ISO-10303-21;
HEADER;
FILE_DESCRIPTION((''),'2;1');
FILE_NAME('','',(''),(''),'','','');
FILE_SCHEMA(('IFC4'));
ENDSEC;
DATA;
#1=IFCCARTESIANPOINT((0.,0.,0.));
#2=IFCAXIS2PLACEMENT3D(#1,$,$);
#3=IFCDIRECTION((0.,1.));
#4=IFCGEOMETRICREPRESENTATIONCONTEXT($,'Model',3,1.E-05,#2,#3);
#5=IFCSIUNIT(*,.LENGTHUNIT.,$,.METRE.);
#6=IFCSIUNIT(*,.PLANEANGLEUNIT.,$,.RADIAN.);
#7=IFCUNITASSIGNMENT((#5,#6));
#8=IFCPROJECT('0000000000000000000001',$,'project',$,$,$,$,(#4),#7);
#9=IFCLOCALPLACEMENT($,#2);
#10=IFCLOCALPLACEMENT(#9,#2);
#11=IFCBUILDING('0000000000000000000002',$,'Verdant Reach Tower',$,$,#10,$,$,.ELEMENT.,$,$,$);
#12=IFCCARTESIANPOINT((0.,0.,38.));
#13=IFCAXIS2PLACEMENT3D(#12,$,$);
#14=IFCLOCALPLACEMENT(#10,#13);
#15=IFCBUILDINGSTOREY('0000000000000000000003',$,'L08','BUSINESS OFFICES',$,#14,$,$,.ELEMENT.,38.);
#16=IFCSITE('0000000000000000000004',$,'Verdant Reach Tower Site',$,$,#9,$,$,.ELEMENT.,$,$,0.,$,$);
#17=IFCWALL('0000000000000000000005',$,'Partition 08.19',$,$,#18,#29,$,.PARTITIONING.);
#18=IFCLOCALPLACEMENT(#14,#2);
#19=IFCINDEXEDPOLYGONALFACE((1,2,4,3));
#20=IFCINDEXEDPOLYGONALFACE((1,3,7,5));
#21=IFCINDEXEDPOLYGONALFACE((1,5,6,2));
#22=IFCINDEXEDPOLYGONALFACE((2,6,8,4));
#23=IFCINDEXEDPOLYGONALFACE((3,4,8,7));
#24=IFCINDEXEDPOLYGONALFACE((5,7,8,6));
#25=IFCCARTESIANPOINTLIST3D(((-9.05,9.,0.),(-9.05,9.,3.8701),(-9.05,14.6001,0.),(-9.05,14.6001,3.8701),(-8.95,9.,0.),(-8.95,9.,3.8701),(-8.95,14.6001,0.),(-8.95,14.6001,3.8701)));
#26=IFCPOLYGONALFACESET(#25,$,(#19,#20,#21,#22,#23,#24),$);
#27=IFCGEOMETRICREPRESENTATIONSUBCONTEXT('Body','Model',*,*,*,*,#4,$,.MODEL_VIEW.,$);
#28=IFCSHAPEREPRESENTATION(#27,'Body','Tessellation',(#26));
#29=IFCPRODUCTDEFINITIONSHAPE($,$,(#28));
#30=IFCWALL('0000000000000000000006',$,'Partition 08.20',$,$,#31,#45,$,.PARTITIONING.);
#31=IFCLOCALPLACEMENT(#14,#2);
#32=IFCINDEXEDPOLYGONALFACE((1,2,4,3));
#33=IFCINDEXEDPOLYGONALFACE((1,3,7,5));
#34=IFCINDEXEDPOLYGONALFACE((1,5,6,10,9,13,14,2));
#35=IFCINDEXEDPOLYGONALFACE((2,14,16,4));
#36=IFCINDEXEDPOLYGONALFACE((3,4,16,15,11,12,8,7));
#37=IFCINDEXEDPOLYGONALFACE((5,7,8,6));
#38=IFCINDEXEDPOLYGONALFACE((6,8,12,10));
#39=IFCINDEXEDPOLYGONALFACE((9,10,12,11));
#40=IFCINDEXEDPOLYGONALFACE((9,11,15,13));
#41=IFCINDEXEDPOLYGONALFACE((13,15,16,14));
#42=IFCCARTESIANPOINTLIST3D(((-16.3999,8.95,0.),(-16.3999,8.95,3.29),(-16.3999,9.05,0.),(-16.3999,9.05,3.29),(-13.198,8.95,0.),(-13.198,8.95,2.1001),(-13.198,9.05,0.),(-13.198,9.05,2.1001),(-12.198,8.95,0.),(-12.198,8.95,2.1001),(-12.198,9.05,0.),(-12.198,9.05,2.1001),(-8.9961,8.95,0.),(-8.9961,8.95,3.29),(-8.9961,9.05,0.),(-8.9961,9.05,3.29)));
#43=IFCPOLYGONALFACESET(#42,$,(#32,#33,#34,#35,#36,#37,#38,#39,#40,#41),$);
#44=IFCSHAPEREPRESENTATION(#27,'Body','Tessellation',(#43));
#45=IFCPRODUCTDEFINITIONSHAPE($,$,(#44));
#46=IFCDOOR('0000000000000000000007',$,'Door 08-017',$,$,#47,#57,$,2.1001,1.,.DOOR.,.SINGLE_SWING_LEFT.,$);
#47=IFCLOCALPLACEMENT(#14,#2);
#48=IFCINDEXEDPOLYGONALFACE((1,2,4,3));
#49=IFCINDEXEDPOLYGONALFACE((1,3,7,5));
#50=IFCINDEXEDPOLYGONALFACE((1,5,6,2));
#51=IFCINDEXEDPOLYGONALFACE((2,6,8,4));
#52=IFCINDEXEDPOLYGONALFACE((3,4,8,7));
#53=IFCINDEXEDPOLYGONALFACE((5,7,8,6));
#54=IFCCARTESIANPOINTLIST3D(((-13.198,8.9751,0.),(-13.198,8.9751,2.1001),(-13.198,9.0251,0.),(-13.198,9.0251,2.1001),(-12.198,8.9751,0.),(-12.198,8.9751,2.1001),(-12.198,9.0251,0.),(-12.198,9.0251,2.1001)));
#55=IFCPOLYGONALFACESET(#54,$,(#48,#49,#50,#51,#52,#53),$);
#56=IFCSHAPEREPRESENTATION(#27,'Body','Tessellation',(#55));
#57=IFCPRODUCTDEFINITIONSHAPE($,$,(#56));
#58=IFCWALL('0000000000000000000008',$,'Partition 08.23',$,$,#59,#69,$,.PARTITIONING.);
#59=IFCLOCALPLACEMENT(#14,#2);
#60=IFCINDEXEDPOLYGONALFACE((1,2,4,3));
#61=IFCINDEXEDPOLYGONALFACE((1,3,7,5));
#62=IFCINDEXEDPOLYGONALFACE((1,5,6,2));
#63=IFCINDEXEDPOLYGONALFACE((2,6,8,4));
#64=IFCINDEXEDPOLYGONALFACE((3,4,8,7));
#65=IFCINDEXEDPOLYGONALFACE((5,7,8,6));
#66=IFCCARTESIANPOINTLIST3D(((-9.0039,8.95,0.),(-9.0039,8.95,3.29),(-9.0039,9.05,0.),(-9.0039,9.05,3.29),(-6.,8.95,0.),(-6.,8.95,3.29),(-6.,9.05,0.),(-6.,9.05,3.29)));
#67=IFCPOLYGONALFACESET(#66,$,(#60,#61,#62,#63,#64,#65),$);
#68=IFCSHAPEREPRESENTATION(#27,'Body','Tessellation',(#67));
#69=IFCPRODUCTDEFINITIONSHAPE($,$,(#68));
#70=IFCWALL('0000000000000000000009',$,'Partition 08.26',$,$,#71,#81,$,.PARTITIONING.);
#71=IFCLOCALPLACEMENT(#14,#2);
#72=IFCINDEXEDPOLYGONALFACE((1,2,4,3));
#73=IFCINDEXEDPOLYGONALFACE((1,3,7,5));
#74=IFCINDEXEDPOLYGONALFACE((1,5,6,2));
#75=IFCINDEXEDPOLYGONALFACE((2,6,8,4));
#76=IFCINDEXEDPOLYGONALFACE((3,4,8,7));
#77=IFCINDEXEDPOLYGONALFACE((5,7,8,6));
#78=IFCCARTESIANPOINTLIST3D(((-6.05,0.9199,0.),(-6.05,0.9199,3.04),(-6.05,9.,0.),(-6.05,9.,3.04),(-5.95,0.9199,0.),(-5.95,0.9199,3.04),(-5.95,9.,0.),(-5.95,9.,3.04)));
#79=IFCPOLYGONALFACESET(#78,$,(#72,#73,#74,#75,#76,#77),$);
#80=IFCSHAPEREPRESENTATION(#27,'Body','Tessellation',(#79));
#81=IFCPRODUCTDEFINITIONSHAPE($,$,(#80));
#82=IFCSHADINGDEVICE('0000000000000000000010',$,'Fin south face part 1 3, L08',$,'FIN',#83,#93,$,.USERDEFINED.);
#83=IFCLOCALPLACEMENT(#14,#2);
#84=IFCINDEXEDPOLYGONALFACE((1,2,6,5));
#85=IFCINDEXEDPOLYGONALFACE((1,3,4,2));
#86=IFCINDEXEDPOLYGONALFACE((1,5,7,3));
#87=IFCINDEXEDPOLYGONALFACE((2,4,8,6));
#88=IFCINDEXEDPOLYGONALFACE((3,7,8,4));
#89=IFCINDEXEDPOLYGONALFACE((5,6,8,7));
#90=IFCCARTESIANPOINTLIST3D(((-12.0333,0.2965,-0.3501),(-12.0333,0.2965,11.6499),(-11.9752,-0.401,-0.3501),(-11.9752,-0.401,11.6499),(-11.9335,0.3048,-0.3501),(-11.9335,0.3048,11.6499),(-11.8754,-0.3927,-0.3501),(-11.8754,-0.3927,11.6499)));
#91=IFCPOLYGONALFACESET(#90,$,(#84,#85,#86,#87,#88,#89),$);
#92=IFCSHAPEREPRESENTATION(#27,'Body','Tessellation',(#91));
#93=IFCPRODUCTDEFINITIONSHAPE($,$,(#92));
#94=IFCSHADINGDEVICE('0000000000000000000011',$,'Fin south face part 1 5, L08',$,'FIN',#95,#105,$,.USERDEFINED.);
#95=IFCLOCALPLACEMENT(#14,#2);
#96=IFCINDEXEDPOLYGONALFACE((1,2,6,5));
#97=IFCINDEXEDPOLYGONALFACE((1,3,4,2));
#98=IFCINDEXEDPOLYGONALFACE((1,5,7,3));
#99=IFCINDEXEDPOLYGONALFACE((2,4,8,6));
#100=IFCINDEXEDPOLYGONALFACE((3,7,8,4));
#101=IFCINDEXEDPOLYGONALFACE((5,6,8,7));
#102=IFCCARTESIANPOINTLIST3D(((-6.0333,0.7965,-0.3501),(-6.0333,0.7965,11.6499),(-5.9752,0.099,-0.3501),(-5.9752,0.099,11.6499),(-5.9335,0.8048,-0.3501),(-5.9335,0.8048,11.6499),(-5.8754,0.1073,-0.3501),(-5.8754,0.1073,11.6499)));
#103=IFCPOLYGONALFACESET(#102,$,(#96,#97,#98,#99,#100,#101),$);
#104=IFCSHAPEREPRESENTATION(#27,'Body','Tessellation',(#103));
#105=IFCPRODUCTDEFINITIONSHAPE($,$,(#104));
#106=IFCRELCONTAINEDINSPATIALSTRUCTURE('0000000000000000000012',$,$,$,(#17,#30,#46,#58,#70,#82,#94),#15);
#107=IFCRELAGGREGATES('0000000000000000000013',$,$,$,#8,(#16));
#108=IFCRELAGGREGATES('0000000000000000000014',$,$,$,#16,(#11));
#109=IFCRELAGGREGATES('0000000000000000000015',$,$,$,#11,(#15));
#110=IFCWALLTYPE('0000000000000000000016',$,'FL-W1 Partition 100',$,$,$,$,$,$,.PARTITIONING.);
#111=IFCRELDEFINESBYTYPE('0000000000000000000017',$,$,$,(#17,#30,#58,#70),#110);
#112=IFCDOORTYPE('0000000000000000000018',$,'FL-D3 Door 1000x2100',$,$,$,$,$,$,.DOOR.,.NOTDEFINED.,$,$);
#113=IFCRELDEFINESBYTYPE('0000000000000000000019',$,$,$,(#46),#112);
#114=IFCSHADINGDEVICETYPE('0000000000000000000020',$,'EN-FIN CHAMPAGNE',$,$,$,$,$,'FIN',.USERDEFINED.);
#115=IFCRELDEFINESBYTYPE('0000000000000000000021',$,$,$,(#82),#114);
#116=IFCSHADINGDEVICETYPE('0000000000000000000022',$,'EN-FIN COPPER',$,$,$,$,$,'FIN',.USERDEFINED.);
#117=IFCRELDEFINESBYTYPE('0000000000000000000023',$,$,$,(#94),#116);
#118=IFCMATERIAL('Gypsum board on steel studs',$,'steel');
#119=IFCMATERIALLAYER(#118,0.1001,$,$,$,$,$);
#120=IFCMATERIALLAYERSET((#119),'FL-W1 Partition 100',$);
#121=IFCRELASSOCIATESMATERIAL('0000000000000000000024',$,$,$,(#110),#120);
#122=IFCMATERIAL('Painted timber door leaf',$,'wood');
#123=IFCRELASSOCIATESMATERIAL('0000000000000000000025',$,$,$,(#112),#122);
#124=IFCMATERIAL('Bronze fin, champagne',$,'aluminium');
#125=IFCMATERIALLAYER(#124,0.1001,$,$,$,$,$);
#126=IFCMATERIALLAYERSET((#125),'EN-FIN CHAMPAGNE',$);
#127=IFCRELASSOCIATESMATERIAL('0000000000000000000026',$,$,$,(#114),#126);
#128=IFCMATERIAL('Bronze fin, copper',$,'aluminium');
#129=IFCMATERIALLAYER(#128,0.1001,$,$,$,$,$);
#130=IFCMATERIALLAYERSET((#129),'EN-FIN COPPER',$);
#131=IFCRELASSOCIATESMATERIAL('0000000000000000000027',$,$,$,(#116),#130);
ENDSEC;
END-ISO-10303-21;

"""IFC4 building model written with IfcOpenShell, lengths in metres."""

from ifc_helpers import new_model, si_unit, direction, frame, frame_2d, origin, origin_2d, place, context, subcontext, project, spatial, rectangle, extrude, material, layer, layer_set, type_object, element, fill, save


model = new_model("IFC4")

# Units and contexts
model_context = context("Model", 3, precision=1e-05, world=origin(), true_north=direction((0.0, 1.0)))
body_context = subcontext(model_context, "Body", "Model", "MODEL_VIEW")
ifc_project = project(units=[si_unit("LENGTHUNIT", "METRE"), si_unit("PLANEANGLEUNIT", "RADIAN")], contexts=[model_context])

# Site, building, storey
site_placement = place(None, origin())
site = spatial("IfcSite", under=ifc_project, at=site_placement, Name="Verdant Reach Tower Site", CompositionType="ELEMENT", RefElevation=0.0)
building_placement = place(site_placement, origin())
building = spatial("IfcBuilding", under=site, at=building_placement, Name="Verdant Reach Tower", CompositionType="ELEMENT")
storey_placement = place(building_placement, frame((0.0, 0.0, 38.0)))
storey = spatial("IfcBuildingStorey", under=building, at=storey_placement, Name="L08", Description="BUSINESS OFFICES", CompositionType="ELEMENT", Elevation=38.0)

# Wall
ifc_material_1 = material(Name="Gypsum board on steel studs", Category="steel")
ifc_layer_1 = layer(ifc_material_1, 0.1001)
ifc_layer_set_1 = layer_set([ifc_layer_1], Name="FL-W1 Partition 100")
wall_type = type_object("IfcWallType", Name="FL-W1 Partition 100", PredefinedType="PARTITIONING", material=ifc_layer_set_1)
wall_1_placement = place(storey_placement, frame((-9.0, 9.0, 0.0), z_axis=(0.0, 0.0, 1.0), x_axis=(0.0, 1.0, 0.0)))
element("IfcWall", 1, at=wall_1_placement, inside=storey, type_object=wall_type, Name="Partition 08.19", PredefinedType="PARTITIONING", context=body_context, shape_type="SweptSolid", body=[
    extrude(rectangle(XDim=5.6001, YDim=0.1001, at=frame_2d((2.8, 0.0))), origin(), (0.0, 0.0, 1.0), 3.8701),
])

# Wall, opening, door
wall_2_placement = place(storey_placement, frame((-8.9961, 9.0, 0.0), z_axis=(0.0, 0.0, 1.0), x_axis=(-1.0, 0.0, 0.0)))
wall_2 = element("IfcWall", 2, at=wall_2_placement, inside=storey, type_object=wall_type, Name="Partition 08.20", PredefinedType="PARTITIONING", context=body_context, shape_type="SweptSolid", body=[
    extrude(rectangle(XDim=7.4038, YDim=0.1001, at=frame_2d((3.7019, 0.0))), origin(), (0.0, 0.0, 1.0), 3.29),
])
opening_placement = place(wall_2_placement, frame((3.2019, 0.0, 0.0)))
opening = element("IfcOpeningElement", 3, at=opening_placement, cuts=wall_2, PredefinedType="OPENING", context=body_context, shape_type="SweptSolid", body=[
    extrude(rectangle(XDim=1.0, YDim=2.1001, at=frame_2d((0.5, 1.05))), frame((0.0, 0.0601, 0.0), z_axis=(0.0, -1.0, 0.0), x_axis=(1.0, 0.0, 0.0)), (0.0, 0.0, 1.0), 0.1201),
])
ifc_material_2 = material(Name="Painted timber door leaf", Category="wood")
door_type = type_object("IfcDoorType", Name="FL-D3 Door 1000x2100", OperationType="NOTDEFINED", PredefinedType="DOOR", material=ifc_material_2)
door_placement = place(opening_placement, origin())
door = element("IfcDoor", 4, at=door_placement, inside=storey, type_object=door_type, Name="Door 08-017", OperationType="SINGLE_SWING_LEFT", OverallHeight=2.1001, OverallWidth=1.0, PredefinedType="DOOR", context=body_context, shape_type="SweptSolid", body=[
    extrude(rectangle(XDim=1.0, YDim=2.1001, at=frame_2d((0.5, 1.05))), frame((0.0, 0.0249, 0.0), z_axis=(0.0, -1.0, 0.0), x_axis=(1.0, 0.0, 0.0)), (0.0, 0.0, 1.0), 0.05),
])
fill(opening, door)

# Walls
wall_3_placement = place(storey_placement, frame((-9.0039, 9.0, 0.0), z_axis=(0.0, 0.0, 1.0), x_axis=(1.0, 0.0, 0.0)))
element("IfcWall", 5, at=wall_3_placement, inside=storey, type_object=wall_type, Name="Partition 08.23", PredefinedType="PARTITIONING", context=body_context, shape_type="SweptSolid", body=[
    extrude(rectangle(XDim=3.0039, YDim=0.1001, at=frame_2d((1.502, 0.0))), origin(), (0.0, 0.0, 1.0), 3.29),
])
wall_4_placement = place(storey_placement, frame((-6.0, 0.9199, 0.0), z_axis=(0.0, 0.0, 1.0), x_axis=(0.0, 1.0, 0.0)))
element("IfcWall", 6, at=wall_4_placement, inside=storey, type_object=wall_type, Name="Partition 08.26", PredefinedType="PARTITIONING", context=body_context, shape_type="SweptSolid", body=[
    extrude(rectangle(XDim=8.0801, YDim=0.1001, at=frame_2d((4.04, 0.0))), origin(), (0.0, 0.0, 1.0), 3.04),
])

# Shading devices
ifc_material_3 = material(Name="Bronze fin, champagne", Category="aluminium")
ifc_layer_2 = layer(ifc_material_3, 0.1001)
ifc_layer_set_2 = layer_set([ifc_layer_2], Name="EN-FIN CHAMPAGNE")
shading_device_type_1 = type_object("IfcShadingDeviceType", Name="EN-FIN CHAMPAGNE", ElementType="FIN", PredefinedType="USERDEFINED", material=ifc_layer_set_2)
shading_device_1_placement = place(storey_placement, frame((-11.9543, -0.0481, -0.3501), z_axis=(0.0, 0.0, 1.0), x_axis=(0.996546, 0.083045, 0.0)))
element("IfcShadingDevice", 7, at=shading_device_1_placement, inside=storey, type_object=shading_device_type_1, Name="Fin south face part 1 3, L08", ObjectType="FIN", PredefinedType="USERDEFINED", context=body_context, shape_type="SweptSolid", body=[
    extrude(rectangle(XDim=0.1001, YDim=0.7, at=origin_2d()), origin(), (0.0, 0.0, 1.0), 12.0),
])
ifc_material_4 = material(Name="Bronze fin, copper", Category="aluminium")
ifc_layer_3 = layer(ifc_material_4, 0.1001)
ifc_layer_set_3 = layer_set([ifc_layer_3], Name="EN-FIN COPPER")
shading_device_type_2 = type_object("IfcShadingDeviceType", Name="EN-FIN COPPER", ElementType="FIN", PredefinedType="USERDEFINED", material=ifc_layer_set_3)
shading_device_2_placement = place(storey_placement, frame((-5.9543, 0.4519, -0.3501), z_axis=(0.0, 0.0, 1.0), x_axis=(0.996546, 0.083045, 0.0)))
element("IfcShadingDevice", 8, at=shading_device_2_placement, inside=storey, type_object=shading_device_type_2, Name="Fin south face part 1 5, L08", ObjectType="FIN", PredefinedType="USERDEFINED", context=body_context, shape_type="SweptSolid", body=[
    extrude(rectangle(XDim=0.1001, YDim=0.7, at=origin_2d()), origin(), (0.0, 0.0, 1.0), 12.0),
])

save(model, "model.ifc")
